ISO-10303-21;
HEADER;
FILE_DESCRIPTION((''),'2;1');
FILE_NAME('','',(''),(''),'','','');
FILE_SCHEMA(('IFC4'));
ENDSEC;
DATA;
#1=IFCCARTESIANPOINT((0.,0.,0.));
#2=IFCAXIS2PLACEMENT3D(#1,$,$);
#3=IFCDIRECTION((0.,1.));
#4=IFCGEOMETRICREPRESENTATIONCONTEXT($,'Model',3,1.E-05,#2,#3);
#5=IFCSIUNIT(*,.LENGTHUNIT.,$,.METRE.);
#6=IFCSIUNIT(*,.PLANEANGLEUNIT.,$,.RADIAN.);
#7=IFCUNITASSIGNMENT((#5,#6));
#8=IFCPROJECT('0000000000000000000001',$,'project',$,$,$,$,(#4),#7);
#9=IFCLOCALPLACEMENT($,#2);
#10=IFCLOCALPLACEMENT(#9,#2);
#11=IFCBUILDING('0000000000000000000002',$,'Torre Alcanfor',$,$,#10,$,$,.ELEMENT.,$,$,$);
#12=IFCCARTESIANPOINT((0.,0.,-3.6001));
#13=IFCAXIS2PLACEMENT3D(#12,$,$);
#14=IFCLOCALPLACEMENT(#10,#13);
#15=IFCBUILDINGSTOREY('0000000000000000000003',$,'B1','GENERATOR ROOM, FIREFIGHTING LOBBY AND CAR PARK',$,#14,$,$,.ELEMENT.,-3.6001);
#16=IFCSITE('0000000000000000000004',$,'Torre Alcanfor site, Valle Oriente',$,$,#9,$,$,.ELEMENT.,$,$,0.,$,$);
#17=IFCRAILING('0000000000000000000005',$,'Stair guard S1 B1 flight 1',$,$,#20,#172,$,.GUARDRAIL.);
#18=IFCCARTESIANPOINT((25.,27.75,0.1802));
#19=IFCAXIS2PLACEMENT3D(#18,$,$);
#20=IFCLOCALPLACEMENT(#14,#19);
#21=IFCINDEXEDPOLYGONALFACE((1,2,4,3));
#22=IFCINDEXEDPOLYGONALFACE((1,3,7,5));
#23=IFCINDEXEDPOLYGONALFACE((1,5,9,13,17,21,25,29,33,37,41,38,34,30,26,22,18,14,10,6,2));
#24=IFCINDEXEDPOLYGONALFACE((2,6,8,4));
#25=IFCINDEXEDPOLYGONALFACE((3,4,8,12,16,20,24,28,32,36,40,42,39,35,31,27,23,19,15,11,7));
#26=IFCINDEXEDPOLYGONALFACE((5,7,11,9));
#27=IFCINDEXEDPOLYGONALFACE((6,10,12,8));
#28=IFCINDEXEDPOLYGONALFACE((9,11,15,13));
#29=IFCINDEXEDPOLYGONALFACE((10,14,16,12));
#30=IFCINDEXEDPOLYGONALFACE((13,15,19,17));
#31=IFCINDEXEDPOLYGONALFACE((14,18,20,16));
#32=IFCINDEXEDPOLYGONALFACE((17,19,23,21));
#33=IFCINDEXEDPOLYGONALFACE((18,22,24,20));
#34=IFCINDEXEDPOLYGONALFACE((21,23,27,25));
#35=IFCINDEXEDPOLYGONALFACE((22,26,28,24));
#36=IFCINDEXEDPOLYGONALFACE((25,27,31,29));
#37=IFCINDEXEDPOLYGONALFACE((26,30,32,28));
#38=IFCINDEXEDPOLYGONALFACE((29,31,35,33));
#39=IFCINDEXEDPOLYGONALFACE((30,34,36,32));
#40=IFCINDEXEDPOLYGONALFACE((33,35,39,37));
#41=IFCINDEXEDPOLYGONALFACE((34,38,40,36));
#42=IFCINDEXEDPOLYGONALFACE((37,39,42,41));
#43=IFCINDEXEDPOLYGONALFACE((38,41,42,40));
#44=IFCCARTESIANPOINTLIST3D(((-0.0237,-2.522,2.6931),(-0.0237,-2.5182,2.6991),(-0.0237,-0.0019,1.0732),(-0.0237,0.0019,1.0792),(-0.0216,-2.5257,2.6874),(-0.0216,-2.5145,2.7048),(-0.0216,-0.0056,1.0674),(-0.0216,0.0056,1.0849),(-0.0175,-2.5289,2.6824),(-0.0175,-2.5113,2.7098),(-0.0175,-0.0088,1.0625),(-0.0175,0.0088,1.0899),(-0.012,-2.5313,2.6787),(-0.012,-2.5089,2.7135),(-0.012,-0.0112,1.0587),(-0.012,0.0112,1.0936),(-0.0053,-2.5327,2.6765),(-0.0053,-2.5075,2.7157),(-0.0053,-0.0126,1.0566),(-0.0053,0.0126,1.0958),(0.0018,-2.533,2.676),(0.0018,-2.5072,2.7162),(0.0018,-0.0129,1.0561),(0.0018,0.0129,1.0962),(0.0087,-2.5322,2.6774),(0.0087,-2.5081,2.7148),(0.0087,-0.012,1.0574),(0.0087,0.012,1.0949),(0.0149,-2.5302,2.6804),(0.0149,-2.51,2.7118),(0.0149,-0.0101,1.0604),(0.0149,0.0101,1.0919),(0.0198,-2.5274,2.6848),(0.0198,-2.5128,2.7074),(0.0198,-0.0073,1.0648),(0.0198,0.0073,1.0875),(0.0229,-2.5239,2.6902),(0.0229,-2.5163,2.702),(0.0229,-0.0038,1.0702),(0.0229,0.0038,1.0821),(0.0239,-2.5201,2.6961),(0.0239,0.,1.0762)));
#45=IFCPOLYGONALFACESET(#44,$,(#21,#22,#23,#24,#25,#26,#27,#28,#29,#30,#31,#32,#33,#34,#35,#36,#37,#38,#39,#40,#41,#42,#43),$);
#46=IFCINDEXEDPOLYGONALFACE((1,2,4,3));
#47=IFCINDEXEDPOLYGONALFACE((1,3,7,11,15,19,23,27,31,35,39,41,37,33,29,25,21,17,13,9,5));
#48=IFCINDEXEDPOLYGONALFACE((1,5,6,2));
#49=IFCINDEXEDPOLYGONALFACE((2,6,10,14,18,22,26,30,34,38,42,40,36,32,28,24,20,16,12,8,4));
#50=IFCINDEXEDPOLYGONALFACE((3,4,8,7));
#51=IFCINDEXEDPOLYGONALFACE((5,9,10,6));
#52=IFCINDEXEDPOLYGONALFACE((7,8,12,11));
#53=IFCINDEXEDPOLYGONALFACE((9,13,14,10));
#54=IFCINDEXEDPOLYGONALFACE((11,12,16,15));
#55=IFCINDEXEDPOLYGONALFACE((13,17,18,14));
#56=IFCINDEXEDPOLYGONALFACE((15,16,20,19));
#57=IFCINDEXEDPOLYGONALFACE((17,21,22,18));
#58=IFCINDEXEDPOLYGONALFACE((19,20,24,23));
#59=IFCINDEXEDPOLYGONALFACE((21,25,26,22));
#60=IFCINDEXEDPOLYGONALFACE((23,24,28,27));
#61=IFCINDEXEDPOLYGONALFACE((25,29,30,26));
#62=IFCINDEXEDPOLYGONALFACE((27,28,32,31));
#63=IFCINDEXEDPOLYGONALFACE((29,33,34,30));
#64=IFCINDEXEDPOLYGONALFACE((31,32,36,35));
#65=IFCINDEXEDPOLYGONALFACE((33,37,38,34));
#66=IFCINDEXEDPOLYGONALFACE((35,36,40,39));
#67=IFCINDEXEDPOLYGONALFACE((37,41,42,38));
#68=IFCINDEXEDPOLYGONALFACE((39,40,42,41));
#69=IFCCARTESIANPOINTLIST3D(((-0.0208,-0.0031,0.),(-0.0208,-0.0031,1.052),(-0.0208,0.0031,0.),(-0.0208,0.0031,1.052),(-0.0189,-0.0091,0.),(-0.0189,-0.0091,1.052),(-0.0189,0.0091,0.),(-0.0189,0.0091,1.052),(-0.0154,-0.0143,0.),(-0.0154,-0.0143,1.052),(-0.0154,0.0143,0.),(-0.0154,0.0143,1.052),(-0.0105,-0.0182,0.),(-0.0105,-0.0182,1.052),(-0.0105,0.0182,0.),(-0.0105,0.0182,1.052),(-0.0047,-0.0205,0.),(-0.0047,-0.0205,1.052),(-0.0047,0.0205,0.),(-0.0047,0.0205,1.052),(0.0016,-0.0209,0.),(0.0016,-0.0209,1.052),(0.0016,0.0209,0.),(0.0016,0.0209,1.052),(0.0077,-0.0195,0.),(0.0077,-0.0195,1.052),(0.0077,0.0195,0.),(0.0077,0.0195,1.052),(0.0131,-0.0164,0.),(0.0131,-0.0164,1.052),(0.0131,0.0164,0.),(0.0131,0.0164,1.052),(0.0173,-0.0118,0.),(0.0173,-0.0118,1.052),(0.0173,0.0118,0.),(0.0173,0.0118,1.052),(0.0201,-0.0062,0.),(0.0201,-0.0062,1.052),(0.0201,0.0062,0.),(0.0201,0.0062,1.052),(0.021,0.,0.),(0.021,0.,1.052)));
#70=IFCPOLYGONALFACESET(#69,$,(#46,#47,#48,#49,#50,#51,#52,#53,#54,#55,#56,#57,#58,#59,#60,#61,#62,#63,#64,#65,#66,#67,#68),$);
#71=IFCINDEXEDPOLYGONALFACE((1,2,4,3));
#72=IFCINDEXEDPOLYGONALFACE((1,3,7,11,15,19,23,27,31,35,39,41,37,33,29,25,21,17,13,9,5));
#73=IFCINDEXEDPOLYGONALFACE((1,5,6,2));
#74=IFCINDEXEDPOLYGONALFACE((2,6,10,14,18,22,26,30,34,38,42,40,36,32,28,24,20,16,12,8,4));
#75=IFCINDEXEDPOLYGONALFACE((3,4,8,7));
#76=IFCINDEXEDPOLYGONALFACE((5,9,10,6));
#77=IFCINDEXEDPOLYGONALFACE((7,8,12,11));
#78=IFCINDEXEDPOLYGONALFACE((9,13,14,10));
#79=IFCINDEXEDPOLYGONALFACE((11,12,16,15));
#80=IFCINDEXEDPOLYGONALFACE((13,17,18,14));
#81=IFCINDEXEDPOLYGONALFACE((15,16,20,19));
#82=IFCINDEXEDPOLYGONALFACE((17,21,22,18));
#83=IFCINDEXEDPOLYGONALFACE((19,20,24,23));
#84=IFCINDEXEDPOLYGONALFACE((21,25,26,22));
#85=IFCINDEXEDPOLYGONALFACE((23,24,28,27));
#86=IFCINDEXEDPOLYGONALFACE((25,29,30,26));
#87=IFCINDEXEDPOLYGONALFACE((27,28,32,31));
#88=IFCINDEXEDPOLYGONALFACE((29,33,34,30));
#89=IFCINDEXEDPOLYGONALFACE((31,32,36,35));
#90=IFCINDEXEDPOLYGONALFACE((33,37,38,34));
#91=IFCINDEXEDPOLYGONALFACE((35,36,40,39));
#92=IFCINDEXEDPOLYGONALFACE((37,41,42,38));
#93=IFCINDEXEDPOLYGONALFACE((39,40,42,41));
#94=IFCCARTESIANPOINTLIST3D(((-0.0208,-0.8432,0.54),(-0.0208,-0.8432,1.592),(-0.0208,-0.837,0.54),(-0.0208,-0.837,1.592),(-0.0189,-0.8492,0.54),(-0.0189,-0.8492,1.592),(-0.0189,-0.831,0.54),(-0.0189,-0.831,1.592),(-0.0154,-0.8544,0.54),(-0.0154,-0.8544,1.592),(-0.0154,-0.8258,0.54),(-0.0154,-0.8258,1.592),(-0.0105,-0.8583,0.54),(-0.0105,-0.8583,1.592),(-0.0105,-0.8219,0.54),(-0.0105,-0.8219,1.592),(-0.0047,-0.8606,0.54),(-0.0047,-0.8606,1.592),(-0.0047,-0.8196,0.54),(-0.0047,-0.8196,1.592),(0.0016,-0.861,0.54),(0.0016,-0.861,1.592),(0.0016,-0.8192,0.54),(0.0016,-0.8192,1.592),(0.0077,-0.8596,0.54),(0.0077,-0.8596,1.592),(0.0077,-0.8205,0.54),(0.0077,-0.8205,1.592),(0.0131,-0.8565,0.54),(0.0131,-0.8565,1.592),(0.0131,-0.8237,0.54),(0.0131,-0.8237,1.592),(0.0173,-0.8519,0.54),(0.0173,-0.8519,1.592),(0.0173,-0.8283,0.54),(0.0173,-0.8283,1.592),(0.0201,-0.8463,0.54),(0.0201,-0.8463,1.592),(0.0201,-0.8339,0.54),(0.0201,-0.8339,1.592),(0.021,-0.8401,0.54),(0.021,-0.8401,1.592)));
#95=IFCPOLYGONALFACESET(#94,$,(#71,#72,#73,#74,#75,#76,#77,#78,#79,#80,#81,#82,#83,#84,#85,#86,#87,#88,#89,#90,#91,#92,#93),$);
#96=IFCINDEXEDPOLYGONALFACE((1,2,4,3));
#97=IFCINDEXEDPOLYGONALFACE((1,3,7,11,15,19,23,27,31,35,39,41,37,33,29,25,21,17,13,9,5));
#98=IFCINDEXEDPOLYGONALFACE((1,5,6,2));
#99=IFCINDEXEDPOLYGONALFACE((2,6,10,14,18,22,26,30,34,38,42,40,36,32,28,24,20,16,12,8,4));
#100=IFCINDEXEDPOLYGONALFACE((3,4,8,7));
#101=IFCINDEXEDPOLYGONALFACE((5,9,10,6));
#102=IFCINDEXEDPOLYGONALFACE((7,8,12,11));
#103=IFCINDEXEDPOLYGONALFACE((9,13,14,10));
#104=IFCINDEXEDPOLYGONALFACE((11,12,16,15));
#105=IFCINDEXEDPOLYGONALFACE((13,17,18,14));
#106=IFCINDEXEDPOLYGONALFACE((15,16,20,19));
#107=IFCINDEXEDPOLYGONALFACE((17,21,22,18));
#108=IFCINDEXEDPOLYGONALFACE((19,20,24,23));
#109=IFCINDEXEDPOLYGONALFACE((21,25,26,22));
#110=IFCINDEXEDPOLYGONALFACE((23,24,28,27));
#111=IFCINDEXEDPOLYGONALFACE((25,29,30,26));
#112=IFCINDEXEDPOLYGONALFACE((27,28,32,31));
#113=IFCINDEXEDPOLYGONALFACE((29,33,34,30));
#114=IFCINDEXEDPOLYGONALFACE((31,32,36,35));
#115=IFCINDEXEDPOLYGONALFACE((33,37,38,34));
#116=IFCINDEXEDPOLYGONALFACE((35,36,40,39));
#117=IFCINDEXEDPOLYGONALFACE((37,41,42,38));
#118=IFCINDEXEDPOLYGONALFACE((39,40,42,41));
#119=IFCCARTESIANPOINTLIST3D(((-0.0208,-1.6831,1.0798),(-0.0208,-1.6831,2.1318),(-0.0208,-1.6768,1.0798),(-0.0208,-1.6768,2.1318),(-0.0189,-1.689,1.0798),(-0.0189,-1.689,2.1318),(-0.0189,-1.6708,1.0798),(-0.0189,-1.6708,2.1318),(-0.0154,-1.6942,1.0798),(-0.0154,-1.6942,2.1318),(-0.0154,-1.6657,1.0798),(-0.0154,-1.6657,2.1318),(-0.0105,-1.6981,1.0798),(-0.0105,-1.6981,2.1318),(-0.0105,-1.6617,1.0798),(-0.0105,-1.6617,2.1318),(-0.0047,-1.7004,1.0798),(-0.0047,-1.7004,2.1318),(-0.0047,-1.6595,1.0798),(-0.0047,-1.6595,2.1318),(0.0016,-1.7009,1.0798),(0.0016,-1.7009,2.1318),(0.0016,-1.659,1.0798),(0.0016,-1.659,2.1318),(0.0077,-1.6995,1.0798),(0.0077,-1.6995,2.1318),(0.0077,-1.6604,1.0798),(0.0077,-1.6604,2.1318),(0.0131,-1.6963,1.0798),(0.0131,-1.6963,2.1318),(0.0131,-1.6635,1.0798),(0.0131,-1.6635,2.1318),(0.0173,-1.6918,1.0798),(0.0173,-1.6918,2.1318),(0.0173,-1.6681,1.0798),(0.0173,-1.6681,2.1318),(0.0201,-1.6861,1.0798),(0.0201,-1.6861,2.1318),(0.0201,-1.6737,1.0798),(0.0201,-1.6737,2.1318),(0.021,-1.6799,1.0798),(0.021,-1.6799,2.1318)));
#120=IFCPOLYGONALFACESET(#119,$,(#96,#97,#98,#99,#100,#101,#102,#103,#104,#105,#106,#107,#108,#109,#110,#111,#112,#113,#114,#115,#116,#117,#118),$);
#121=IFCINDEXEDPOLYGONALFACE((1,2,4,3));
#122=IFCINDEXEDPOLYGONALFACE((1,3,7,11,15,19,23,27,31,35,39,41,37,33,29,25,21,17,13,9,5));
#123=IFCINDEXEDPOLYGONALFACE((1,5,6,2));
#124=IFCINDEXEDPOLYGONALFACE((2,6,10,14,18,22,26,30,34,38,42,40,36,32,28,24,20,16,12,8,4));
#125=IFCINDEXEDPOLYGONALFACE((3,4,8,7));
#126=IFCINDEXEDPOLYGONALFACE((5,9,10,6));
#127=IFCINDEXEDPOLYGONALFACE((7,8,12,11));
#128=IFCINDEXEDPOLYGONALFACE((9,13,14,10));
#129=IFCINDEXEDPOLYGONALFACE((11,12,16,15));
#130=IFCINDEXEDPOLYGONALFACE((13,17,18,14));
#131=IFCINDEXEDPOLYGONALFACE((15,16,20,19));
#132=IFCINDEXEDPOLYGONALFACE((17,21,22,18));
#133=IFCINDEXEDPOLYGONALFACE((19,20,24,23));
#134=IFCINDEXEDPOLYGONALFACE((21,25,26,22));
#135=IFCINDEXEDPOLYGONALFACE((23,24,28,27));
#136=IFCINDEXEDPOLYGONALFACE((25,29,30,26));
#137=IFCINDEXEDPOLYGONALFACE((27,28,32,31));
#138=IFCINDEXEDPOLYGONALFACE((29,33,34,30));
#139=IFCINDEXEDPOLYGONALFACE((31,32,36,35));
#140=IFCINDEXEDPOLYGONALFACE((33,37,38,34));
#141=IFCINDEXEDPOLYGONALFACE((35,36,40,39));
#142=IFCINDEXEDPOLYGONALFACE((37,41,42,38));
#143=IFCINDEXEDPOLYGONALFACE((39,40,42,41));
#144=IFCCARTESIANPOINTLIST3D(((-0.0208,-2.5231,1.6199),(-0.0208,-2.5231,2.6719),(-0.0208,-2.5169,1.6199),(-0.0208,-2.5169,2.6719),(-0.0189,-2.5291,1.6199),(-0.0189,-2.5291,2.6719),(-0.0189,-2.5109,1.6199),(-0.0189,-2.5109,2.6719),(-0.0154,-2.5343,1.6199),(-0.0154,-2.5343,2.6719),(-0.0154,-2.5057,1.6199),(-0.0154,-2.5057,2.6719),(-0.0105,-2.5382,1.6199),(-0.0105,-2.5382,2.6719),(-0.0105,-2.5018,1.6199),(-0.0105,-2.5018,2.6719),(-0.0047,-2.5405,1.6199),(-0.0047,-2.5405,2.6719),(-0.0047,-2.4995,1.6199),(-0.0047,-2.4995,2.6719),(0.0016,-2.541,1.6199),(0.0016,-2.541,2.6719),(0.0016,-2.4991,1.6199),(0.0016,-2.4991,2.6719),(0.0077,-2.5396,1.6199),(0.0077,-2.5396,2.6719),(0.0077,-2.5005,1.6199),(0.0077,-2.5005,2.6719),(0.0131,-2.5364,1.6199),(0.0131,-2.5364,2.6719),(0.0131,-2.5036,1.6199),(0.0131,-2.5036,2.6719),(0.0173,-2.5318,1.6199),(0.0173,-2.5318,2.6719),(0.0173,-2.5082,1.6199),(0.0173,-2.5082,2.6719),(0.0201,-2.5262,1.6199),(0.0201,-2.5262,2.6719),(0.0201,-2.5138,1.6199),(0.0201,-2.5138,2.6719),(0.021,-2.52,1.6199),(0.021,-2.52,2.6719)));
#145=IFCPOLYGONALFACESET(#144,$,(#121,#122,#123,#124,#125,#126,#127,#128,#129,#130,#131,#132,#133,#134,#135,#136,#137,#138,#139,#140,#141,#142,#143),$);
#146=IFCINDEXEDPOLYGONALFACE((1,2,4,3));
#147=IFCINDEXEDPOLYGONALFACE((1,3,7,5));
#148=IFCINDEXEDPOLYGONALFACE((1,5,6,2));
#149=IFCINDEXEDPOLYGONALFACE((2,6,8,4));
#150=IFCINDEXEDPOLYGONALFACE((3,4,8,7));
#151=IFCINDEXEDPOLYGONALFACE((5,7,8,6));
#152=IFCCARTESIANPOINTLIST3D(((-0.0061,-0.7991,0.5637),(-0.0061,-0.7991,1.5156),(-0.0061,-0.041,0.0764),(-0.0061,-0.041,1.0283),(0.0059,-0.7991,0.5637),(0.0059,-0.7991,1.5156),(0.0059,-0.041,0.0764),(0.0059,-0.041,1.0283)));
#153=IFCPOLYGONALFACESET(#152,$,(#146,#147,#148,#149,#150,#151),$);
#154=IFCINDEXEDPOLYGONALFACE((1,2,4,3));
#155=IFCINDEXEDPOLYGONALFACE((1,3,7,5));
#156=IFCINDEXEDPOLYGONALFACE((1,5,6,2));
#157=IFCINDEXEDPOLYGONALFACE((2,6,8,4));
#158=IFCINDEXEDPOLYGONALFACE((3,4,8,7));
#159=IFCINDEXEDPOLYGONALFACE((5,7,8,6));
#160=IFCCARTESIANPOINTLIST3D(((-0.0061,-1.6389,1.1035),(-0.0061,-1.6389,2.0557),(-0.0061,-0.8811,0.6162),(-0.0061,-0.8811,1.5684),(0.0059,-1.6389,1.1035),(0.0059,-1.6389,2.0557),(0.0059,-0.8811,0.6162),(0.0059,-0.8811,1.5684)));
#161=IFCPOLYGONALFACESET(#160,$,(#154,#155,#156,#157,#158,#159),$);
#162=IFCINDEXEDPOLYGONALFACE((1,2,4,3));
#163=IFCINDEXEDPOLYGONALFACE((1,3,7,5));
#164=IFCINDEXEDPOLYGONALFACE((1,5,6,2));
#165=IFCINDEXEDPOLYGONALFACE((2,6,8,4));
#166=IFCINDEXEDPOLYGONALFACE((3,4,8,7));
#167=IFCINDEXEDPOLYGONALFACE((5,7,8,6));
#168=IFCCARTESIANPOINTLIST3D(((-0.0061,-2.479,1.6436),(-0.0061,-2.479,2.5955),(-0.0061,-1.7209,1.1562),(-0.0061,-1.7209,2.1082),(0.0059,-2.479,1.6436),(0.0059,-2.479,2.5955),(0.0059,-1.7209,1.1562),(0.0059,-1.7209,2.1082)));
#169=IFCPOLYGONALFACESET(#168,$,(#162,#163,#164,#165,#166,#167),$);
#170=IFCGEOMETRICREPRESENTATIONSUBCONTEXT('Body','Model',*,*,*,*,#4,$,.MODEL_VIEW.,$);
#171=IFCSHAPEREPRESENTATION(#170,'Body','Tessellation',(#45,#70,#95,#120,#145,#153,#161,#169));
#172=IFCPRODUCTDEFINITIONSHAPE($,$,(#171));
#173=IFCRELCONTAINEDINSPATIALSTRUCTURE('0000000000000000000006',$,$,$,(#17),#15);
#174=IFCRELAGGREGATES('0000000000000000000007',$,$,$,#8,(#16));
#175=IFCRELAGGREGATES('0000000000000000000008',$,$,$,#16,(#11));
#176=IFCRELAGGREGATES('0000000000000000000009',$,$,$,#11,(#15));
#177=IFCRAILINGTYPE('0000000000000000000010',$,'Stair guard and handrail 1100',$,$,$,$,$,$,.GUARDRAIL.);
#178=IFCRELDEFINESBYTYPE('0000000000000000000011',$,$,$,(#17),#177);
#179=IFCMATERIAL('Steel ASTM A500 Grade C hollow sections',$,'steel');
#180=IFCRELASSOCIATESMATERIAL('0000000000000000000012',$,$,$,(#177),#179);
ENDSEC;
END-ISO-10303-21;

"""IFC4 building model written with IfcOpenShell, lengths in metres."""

from ifc_helpers import new_model, si_unit, direction, frame, origin, origin_2d, place, context, subcontext, project, spatial, polyline, circle, outline, extrude, material, type_object, element, save


model = new_model("IFC4")

# Units and contexts
model_context = context("Model", 3, precision=1e-05, world=origin(), true_north=direction((0.0, 1.0)))
body_context = subcontext(model_context, "Body", "Model", "MODEL_VIEW")
ifc_project = project(units=[si_unit("LENGTHUNIT", "METRE"), si_unit("PLANEANGLEUNIT", "RADIAN")], contexts=[model_context])

# Site, building, storey
site_placement = place(None, origin())
site = spatial("IfcSite", under=ifc_project, at=site_placement, Name="Torre Alcanfor site, Valle Oriente", CompositionType="ELEMENT", RefElevation=0.0)
building_placement = place(site_placement, origin())
building = spatial("IfcBuilding", under=site, at=building_placement, Name="Torre Alcanfor", CompositionType="ELEMENT")
storey_placement = place(building_placement, frame((0.0, 0.0, -3.6001)))
storey = spatial("IfcBuildingStorey", under=building, at=storey_placement, Name="B1", Description="GENERATOR ROOM, FIREFIGHTING LOBBY AND CAR PARK", CompositionType="ELEMENT", Elevation=-3.6001)

# Railing
ifc_material_1 = material(Name="Steel ASTM A500 Grade C hollow sections", Category="steel")
railing_type_1 = type_object("IfcRailingType", Name="Stair guard and handrail 1100", PredefinedType="GUARDRAIL", material=ifc_material_1)
railing_1_placement = place(storey_placement, frame((25.0, 27.75, 0.1802)))
element("IfcRailing", 1, at=railing_1_placement, inside=storey, type_object=railing_type_1, Name="Stair guard S1 B1 flight 1", PredefinedType="GUARDRAIL", context=body_context, shape_type="SweptSolid", body=[
    extrude(circle(Radius=0.0239, at=origin_2d()), frame((0.0, 0.0, 1.0762), z_axis=(0.0, -0.8412, 0.540725), x_axis=(1.0, 0.0, 0.0)), (0.0, 0.0, 1.0), 2.9958),
    extrude(circle(Radius=0.021, at=origin_2d()), origin(), (0.0, 0.0, 1.0), 1.052),
    extrude(circle(Radius=0.021, at=origin_2d()), frame((0.0, -0.8401, 0.54)), (0.0, 0.0, 1.0), 1.052),
    extrude(circle(Radius=0.021, at=origin_2d()), frame((0.0, -1.6799, 1.0798)), (0.0, 0.0, 1.0), 1.052),
    extrude(circle(Radius=0.021, at=origin_2d()), frame((0.0, -2.52, 1.6199)), (0.0, 0.0, 1.0), 1.052),
    extrude(outline(polyline([(0.041, 0.0764), (0.7991, 0.5637), (0.7991, 1.5156), (0.041, 1.0283), (0.041, 0.0764)])), frame((0.0059, 0.0, 0.0), z_axis=(-1.0, 0.0, 0.0), x_axis=(0.0, -1.0, 0.0)), (0.0, 0.0, 1.0), 0.012),
    extrude(outline(polyline([(0.8811, 0.6162), (1.6389, 1.1035), (1.6389, 2.0557), (0.8811, 1.5684), (0.8811, 0.6162)])), frame((0.0059, 0.0, 0.0), z_axis=(-1.0, 0.0, 0.0), x_axis=(0.0, -1.0, 0.0)), (0.0, 0.0, 1.0), 0.012),
    extrude(outline(polyline([(1.7209, 1.1562), (2.479, 1.6436), (2.479, 2.5955), (1.7209, 2.1082), (1.7209, 1.1562)])), frame((0.0059, 0.0, 0.0), z_axis=(-1.0, 0.0, 0.0), x_axis=(0.0, -1.0, 0.0)), (0.0, 0.0, 1.0), 0.012),
])

save(model, "model.ifc")
